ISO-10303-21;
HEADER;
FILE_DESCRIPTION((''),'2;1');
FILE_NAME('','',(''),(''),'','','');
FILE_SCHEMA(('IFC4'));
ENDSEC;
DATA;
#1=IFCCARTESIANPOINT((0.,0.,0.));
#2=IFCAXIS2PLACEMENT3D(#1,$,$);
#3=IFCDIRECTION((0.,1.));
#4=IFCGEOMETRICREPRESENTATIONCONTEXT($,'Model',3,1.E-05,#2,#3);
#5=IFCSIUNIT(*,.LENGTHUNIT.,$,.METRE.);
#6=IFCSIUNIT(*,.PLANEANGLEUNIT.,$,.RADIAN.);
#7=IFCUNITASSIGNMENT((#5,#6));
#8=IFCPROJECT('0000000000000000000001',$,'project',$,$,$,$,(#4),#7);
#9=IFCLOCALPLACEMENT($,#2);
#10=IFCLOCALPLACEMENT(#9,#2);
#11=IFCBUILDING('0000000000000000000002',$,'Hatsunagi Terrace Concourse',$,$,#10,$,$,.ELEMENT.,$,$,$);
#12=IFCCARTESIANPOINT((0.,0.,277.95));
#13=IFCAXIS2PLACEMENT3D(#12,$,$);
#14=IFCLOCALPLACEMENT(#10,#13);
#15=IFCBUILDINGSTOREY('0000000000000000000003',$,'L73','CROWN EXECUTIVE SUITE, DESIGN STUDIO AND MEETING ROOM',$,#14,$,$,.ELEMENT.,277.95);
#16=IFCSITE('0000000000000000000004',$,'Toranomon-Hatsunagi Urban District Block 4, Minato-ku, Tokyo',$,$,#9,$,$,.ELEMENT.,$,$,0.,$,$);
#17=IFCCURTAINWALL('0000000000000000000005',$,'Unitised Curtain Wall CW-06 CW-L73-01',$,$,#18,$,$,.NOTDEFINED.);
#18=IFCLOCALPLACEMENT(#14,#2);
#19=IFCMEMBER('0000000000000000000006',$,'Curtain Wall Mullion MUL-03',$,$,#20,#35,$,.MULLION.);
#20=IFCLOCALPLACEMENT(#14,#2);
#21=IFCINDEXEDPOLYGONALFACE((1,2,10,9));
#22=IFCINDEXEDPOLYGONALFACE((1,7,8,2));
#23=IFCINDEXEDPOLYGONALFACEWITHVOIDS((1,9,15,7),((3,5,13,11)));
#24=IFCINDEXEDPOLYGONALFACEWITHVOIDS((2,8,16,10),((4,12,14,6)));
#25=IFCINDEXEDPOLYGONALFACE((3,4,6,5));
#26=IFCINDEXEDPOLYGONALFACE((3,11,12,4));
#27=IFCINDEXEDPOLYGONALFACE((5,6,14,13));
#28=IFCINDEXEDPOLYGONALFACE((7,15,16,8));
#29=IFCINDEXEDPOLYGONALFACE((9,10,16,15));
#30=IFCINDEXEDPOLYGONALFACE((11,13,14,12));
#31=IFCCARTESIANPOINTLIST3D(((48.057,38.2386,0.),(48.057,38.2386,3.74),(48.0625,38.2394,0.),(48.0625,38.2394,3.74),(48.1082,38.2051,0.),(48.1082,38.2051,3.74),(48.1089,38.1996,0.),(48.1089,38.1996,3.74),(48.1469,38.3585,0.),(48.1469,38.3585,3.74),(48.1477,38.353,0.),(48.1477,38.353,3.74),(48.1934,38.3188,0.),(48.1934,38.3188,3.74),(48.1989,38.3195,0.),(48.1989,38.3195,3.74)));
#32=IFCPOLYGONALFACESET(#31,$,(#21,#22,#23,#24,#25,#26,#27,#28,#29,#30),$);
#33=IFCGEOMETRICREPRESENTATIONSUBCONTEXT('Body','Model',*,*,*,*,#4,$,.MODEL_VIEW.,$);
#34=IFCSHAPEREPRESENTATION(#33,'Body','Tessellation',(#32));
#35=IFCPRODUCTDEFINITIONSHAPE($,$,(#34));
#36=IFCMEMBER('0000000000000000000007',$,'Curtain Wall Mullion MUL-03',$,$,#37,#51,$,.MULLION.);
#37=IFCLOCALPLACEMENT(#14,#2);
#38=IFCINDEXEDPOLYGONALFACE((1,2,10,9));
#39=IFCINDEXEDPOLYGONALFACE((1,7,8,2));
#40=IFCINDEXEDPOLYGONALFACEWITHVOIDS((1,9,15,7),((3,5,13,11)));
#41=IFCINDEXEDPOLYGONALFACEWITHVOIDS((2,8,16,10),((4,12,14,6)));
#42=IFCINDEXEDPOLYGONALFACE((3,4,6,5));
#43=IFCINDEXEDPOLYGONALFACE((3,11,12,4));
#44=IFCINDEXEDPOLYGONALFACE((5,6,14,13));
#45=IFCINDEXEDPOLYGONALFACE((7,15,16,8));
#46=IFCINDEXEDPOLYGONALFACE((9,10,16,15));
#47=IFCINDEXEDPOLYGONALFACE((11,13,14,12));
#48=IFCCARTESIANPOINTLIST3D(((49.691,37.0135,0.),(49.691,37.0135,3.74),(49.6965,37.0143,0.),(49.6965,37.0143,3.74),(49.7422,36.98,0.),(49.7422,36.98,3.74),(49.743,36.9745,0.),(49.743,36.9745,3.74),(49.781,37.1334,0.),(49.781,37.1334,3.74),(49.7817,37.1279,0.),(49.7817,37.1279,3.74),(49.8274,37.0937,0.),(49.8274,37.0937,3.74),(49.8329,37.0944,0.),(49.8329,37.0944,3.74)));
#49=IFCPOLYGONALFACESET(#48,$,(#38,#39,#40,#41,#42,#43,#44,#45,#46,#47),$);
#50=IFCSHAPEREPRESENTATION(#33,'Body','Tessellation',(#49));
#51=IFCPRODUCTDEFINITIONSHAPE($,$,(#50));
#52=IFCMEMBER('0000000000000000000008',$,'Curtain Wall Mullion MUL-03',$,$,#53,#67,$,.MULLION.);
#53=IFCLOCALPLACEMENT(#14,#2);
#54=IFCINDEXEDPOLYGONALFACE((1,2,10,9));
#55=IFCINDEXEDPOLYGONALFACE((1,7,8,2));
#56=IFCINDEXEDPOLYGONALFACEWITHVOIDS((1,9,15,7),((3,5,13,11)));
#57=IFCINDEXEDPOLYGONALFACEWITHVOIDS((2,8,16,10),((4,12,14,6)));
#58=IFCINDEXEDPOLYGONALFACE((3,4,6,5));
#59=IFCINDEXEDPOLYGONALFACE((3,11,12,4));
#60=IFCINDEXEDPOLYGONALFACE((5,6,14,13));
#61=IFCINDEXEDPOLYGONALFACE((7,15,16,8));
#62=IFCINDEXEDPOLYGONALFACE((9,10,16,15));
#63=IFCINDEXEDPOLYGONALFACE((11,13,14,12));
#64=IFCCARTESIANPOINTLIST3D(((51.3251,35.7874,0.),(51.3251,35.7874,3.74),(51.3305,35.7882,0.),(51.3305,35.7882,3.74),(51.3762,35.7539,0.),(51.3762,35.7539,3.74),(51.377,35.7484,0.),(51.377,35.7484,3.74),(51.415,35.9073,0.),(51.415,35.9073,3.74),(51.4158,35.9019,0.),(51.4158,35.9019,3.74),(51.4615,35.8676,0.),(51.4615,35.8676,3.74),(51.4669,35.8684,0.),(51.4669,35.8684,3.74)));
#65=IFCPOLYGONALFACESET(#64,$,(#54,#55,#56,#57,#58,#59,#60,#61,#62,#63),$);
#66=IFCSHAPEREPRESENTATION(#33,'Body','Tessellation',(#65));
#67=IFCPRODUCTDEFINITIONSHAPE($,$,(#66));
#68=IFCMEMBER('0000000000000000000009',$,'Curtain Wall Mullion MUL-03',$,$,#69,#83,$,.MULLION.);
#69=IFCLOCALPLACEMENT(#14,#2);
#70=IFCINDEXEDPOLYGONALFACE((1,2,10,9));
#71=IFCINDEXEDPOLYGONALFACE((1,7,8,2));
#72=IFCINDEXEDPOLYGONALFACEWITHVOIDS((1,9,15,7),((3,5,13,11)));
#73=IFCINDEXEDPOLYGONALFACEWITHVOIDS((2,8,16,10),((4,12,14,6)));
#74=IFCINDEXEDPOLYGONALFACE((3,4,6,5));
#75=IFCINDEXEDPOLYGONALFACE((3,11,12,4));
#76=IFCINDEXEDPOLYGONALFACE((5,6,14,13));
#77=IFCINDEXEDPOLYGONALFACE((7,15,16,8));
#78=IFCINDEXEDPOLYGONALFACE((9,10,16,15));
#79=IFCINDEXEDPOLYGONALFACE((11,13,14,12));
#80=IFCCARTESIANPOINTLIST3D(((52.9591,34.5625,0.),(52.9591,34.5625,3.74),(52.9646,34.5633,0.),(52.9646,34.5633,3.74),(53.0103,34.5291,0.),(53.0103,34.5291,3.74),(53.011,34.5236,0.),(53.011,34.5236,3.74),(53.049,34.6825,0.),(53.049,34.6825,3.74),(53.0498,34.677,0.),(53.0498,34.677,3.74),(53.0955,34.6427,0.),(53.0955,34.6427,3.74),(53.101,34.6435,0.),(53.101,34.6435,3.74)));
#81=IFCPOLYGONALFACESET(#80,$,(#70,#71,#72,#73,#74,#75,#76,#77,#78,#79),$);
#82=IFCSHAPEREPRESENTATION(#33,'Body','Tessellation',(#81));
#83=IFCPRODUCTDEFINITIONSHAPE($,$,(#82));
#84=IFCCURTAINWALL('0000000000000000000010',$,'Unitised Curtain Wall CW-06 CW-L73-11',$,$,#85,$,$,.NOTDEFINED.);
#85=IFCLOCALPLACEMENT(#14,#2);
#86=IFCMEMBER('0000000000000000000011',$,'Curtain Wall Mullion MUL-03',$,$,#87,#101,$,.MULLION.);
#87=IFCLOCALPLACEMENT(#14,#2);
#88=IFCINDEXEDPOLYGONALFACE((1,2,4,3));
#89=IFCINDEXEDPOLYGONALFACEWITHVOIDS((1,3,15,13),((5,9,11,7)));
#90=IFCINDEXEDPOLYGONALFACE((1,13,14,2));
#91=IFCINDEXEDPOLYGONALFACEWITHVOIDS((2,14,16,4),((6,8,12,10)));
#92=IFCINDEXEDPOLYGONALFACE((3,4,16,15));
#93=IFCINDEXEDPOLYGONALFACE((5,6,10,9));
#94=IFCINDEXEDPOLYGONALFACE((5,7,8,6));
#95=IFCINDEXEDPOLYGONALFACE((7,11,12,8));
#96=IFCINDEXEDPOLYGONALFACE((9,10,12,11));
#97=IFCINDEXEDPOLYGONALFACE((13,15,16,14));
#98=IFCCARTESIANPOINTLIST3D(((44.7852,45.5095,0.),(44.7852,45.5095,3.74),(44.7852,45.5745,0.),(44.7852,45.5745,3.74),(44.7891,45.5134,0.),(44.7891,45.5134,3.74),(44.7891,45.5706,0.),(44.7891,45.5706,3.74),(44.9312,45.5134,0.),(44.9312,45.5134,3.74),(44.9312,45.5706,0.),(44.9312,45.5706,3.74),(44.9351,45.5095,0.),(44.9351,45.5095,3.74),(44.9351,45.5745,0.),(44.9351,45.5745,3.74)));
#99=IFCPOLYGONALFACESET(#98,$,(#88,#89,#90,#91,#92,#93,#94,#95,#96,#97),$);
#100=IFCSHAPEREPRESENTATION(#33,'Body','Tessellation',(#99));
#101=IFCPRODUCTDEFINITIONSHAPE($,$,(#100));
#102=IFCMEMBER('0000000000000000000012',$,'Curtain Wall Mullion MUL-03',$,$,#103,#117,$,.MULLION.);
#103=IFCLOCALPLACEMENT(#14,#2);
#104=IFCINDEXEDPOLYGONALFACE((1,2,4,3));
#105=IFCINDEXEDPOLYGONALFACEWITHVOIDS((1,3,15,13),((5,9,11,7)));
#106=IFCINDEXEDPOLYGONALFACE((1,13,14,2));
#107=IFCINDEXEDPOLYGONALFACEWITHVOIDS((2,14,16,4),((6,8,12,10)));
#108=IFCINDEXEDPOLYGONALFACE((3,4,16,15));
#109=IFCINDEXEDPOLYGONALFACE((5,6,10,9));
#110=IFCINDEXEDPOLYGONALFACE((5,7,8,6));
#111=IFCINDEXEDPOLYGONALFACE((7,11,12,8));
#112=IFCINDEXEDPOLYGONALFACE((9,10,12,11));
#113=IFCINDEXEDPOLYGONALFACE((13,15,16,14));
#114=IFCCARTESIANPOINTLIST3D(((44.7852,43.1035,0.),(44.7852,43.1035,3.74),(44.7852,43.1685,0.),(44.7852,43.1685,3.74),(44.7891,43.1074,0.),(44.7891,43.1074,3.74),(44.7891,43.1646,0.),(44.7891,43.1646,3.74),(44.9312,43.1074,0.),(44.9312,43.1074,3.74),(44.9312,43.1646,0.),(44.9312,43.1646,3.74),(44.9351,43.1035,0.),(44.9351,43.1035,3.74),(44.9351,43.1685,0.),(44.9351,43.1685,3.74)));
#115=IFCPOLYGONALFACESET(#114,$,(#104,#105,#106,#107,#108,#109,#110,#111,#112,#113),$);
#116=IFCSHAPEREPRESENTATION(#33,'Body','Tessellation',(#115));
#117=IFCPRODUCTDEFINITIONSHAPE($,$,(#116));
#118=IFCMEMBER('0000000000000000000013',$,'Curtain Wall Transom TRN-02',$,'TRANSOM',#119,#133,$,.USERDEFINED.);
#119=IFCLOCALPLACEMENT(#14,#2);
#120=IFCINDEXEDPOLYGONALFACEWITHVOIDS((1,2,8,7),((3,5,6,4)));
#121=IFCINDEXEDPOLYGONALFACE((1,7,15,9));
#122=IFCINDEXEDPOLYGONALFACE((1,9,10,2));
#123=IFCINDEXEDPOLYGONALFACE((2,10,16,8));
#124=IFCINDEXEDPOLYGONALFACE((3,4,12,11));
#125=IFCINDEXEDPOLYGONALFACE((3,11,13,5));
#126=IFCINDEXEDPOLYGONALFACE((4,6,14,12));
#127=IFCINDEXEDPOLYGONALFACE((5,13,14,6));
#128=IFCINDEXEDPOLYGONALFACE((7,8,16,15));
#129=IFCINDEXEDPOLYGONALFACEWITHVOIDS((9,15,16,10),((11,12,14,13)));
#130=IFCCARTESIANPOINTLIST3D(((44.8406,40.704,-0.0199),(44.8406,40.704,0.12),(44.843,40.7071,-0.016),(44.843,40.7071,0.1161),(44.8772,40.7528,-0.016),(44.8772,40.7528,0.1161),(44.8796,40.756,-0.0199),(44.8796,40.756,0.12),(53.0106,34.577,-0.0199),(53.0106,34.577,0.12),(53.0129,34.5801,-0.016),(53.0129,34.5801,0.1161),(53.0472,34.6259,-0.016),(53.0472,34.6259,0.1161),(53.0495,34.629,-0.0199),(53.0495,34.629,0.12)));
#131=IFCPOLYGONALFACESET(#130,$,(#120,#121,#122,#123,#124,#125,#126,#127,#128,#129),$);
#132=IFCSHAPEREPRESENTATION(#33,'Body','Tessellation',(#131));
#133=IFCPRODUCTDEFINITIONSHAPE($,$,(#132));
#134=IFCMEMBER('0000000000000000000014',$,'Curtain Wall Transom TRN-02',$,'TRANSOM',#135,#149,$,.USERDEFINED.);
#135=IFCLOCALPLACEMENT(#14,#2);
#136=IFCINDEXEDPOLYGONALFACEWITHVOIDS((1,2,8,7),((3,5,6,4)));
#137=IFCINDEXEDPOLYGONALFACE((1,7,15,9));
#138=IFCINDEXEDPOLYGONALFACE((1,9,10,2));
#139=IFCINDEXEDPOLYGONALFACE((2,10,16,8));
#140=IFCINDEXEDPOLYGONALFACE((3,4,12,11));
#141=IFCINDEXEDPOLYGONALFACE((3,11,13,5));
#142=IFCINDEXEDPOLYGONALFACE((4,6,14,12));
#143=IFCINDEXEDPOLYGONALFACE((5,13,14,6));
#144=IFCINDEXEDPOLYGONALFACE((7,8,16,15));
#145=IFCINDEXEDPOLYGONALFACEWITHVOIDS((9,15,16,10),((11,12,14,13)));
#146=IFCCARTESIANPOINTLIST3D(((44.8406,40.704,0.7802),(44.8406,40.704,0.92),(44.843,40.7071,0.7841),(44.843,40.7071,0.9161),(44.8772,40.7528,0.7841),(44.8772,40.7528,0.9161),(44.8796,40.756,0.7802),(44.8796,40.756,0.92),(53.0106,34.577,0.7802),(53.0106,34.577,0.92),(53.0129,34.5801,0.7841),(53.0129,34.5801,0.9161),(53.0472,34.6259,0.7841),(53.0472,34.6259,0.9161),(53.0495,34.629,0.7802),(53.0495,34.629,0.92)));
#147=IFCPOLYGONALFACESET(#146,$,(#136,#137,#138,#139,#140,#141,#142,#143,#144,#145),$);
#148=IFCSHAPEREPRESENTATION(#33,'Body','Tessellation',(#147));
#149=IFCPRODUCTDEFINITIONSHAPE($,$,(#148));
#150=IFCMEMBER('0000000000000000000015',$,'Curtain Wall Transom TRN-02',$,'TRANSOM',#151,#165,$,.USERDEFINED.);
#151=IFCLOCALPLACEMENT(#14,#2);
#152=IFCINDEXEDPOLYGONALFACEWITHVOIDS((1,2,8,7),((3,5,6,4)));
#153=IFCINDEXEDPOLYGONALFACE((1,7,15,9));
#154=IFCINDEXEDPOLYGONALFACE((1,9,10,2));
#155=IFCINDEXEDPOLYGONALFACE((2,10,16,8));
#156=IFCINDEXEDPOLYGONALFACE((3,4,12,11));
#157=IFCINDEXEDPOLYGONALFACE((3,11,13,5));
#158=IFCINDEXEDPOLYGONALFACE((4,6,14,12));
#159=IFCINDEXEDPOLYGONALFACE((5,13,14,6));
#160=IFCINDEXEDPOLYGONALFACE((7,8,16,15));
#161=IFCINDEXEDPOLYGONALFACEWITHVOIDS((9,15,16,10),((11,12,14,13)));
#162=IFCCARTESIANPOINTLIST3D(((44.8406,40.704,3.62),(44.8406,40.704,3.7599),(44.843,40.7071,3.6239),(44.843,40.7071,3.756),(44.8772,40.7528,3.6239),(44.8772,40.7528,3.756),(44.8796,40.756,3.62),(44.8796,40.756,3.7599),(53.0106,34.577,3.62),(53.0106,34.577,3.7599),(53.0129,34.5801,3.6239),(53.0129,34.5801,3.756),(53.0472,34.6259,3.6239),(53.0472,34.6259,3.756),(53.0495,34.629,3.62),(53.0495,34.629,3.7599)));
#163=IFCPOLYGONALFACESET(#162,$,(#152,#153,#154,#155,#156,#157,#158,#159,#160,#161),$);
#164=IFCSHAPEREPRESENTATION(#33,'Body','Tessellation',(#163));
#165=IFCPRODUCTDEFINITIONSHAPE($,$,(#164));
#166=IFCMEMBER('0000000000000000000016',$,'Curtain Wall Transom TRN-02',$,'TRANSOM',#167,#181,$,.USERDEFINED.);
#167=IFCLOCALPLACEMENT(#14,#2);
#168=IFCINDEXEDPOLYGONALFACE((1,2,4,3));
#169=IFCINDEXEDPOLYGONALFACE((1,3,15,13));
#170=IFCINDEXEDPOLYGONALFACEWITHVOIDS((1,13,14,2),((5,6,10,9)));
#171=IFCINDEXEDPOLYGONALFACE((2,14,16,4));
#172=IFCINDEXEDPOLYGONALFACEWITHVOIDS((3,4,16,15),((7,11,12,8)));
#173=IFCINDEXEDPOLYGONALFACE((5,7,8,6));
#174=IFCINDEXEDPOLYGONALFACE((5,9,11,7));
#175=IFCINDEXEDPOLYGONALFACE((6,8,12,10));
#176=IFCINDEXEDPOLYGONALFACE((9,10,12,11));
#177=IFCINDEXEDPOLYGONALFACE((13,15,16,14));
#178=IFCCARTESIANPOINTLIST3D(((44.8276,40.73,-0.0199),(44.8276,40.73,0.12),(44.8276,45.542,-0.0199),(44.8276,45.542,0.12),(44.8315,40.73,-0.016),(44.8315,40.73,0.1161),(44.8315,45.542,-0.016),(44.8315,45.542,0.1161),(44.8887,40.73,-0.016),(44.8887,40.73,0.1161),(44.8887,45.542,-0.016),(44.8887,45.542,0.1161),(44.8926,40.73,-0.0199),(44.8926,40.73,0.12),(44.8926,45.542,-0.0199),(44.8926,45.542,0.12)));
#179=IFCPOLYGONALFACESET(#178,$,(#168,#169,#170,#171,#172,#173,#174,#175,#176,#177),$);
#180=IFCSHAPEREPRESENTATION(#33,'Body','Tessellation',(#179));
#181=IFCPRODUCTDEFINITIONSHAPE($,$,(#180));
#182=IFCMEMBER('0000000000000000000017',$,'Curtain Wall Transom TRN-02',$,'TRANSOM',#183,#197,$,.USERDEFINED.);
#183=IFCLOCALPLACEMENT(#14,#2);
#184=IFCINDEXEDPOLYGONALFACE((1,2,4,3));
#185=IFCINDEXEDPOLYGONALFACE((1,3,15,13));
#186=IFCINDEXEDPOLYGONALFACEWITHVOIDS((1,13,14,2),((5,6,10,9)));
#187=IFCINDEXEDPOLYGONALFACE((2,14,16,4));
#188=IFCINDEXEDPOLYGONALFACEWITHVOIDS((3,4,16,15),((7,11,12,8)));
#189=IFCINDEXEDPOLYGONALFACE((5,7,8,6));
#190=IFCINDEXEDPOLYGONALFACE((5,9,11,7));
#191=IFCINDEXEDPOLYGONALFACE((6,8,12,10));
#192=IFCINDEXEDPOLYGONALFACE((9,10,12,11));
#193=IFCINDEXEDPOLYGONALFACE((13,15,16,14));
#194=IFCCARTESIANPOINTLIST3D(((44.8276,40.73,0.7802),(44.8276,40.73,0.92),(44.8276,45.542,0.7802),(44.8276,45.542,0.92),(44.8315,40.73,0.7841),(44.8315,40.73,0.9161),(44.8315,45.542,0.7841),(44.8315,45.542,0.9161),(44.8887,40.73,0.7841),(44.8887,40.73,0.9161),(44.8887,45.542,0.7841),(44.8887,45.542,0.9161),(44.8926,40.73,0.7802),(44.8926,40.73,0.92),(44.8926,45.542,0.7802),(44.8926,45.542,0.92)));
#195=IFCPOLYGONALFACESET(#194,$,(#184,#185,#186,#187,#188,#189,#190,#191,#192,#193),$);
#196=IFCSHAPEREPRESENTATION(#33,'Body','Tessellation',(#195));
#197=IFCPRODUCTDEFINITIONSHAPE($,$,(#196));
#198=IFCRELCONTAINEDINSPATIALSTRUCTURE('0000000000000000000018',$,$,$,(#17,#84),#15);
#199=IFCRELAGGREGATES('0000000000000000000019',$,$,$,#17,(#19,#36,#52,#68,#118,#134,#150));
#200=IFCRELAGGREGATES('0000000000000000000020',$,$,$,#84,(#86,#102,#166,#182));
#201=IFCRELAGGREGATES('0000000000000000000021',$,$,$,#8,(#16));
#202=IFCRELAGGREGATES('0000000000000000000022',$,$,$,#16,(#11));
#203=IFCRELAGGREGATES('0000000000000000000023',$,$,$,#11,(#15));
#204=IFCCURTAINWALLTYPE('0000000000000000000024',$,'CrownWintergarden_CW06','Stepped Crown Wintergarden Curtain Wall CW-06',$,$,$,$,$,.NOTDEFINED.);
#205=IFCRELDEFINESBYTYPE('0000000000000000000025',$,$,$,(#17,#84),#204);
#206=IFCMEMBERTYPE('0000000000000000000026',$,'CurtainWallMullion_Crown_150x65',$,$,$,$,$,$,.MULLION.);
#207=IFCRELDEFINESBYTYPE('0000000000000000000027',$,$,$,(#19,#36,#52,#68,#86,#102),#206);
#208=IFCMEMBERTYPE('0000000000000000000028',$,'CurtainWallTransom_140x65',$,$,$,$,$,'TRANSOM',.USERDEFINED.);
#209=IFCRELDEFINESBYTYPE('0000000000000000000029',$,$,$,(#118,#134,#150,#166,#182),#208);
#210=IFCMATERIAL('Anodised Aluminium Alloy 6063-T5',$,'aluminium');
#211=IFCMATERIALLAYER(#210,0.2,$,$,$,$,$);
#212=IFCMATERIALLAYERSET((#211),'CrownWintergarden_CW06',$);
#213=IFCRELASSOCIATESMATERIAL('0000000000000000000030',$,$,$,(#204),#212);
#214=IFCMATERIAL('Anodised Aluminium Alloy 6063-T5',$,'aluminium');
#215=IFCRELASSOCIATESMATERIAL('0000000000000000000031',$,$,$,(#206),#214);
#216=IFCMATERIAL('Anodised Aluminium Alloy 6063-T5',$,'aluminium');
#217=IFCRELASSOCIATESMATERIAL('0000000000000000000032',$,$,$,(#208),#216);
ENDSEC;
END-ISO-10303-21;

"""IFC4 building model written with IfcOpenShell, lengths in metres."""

from ifc_helpers import new_model, si_unit, direction, frame, origin, origin_2d, place, context, subcontext, project, spatial, hollow_rectangle, extrude, material, layer, layer_set, material_profile, profile_set, type_object, element, aggregate, save


model = new_model("IFC4")

# Units and contexts
model_context = context("Model", 3, precision=1e-05, world=origin(), true_north=direction((0.0, 1.0)))
body_context = subcontext(model_context, "Body", "Model", "MODEL_VIEW")
ifc_project = project(units=[si_unit("LENGTHUNIT", "METRE"), si_unit("PLANEANGLEUNIT", "RADIAN")], contexts=[model_context])

# Site, building, storey
site_placement = place(None, origin())
site = spatial("IfcSite", under=ifc_project, at=site_placement, Name="Toranomon-Hatsunagi Urban District Block 4, Minato-ku, Tokyo", CompositionType="ELEMENT", RefElevation=0.0)
building_placement = place(site_placement, origin())
building = spatial("IfcBuilding", under=site, at=building_placement, Name="Hatsunagi Terrace Concourse", CompositionType="ELEMENT")
storey_placement = place(building_placement, frame((0.0, 0.0, 277.95)))
storey = spatial("IfcBuildingStorey", under=building, at=storey_placement, Name="L73", Description="CROWN EXECUTIVE SUITE, DESIGN STUDIO AND MEETING ROOM", CompositionType="ELEMENT", Elevation=277.95)

# Curtain walls, members
ifc_material_1 = material(Name="Anodised Aluminium Alloy 6063-T5", Category="aluminium")
ifc_layer_1 = layer(ifc_material_1, 0.2)
ifc_layer_set_1 = layer_set([ifc_layer_1], Name="CrownWintergarden_CW06")
curtain_wall_type = type_object("IfcCurtainWallType", Name="CrownWintergarden_CW06", Description="Stepped Crown Wintergarden Curtain Wall CW-06", PredefinedType="NOTDEFINED", material=ifc_layer_set_1)
curtain_wall_1_placement = place(storey_placement, origin())
curtain_wall_1 = element("IfcCurtainWall", 1, at=curtain_wall_1_placement, inside=storey, type_object=curtain_wall_type, Name="Unitised Curtain Wall CW-06 CW-L73-01", PredefinedType="NOTDEFINED")
ifc_material_2 = material(Name="Anodised Aluminium Alloy 6063-T5", Category="aluminium")
ifc_material_profile_1 = material_profile(ifc_material_2, hollow_rectangle(XDim=0.0649, YDim=0.1499, WallThickness=0.0039, at=origin_2d()), Name="ALU-MUL-150x65x4")
ifc_profile_set_1 = profile_set([ifc_material_profile_1], Name="Anodised Aluminium Alloy 6063-T5")
member_type_1 = type_object("IfcMemberType", Name="CurtainWallMullion_Crown_150x65", PredefinedType="MULLION", material=ifc_profile_set_1)
member_1_placement = place(storey_placement, frame((48.1279, 38.2791, 0.0), z_axis=(0.0, 0.0, 1.0), x_axis=(0.800023, -0.599969, 0.0)))
member_1 = element("IfcMember", 2, at=member_1_placement, type_object=member_type_1, Name="Curtain Wall Mullion MUL-03", PredefinedType="MULLION", context=body_context, shape_type="SweptSolid", body=[
    extrude(hollow_rectangle(XDim=0.0649, YDim=0.1499, WallThickness=0.0039, at=origin_2d()), origin(), (0.0, 0.0, 1.0), 3.74),
])
member_2_placement = place(storey_placement, frame((49.762, 37.054, 0.0), z_axis=(0.0, 0.0, 1.0), x_axis=(0.800023, -0.599969, 0.0)))
member_2 = element("IfcMember", 3, at=member_2_placement, type_object=member_type_1, Name="Curtain Wall Mullion MUL-03", PredefinedType="MULLION", context=body_context, shape_type="SweptSolid", body=[
    extrude(hollow_rectangle(XDim=0.0649, YDim=0.1499, WallThickness=0.0039, at=origin_2d()), origin(), (0.0, 0.0, 1.0), 3.74),
])
member_3_placement = place(storey_placement, frame((51.396, 35.8279, 0.0), z_axis=(0.0, 0.0, 1.0), x_axis=(0.800023, -0.599969, 0.0)))
member_3 = element("IfcMember", 4, at=member_3_placement, type_object=member_type_1, Name="Curtain Wall Mullion MUL-03", PredefinedType="MULLION", context=body_context, shape_type="SweptSolid", body=[
    extrude(hollow_rectangle(XDim=0.0649, YDim=0.1499, WallThickness=0.0039, at=origin_2d()), origin(), (0.0, 0.0, 1.0), 3.74),
])
member_4_placement = place(storey_placement, frame((53.03, 34.603, 0.0), z_axis=(0.0, 0.0, 1.0), x_axis=(0.800023, -0.599969, 0.0)))
member_4 = element("IfcMember", 5, at=member_4_placement, type_object=member_type_1, Name="Curtain Wall Mullion MUL-03", PredefinedType="MULLION", context=body_context, shape_type="SweptSolid", body=[
    extrude(hollow_rectangle(XDim=0.0649, YDim=0.1499, WallThickness=0.0039, at=origin_2d()), origin(), (0.0, 0.0, 1.0), 3.74),
])
curtain_wall_2_placement = place(storey_placement, origin())
curtain_wall_2 = element("IfcCurtainWall", 6, at=curtain_wall_2_placement, inside=storey, type_object=curtain_wall_type, Name="Unitised Curtain Wall CW-06 CW-L73-11", PredefinedType="NOTDEFINED")
member_5_placement = place(storey_placement, frame((44.8601, 45.542, 0.0), z_axis=(0.0, 0.0, 1.0), x_axis=(0.0, -1.0, 0.0)))
member_5 = element("IfcMember", 7, at=member_5_placement, type_object=member_type_1, Name="Curtain Wall Mullion MUL-03", PredefinedType="MULLION", context=body_context, shape_type="SweptSolid", body=[
    extrude(hollow_rectangle(XDim=0.0649, YDim=0.1499, WallThickness=0.0039, at=origin_2d()), origin(), (0.0, 0.0, 1.0), 3.74),
])
member_6_placement = place(storey_placement, frame((44.8601, 43.136, 0.0), z_axis=(0.0, 0.0, 1.0), x_axis=(0.0, -1.0, 0.0)))
member_6 = element("IfcMember", 8, at=member_6_placement, type_object=member_type_1, Name="Curtain Wall Mullion MUL-03", PredefinedType="MULLION", context=body_context, shape_type="SweptSolid", body=[
    extrude(hollow_rectangle(XDim=0.0649, YDim=0.1499, WallThickness=0.0039, at=origin_2d()), origin(), (0.0, 0.0, 1.0), 3.74),
])

# Members
ifc_material_3 = material(Name="Anodised Aluminium Alloy 6063-T5", Category="aluminium")
ifc_material_profile_2 = material_profile(ifc_material_3, hollow_rectangle(XDim=0.0649, YDim=0.1399, WallThickness=0.0039, at=origin_2d()), Name="ALU-TRN-140x65x4")
ifc_profile_set_2 = profile_set([ifc_material_profile_2], Name="Anodised Aluminium Alloy 6063-T5")
member_type_2 = type_object("IfcMemberType", Name="CurtainWallTransom_140x65", ElementType="TRANSOM", PredefinedType="USERDEFINED", material=ifc_profile_set_2)
member_7_placement = place(storey_placement, frame((44.8601, 40.73, 0.05), z_axis=(0.800023, -0.599969, 0.0), x_axis=(0.599969, 0.800023, 0.0)))
member_7 = element("IfcMember", 9, at=member_7_placement, type_object=member_type_2, Name="Curtain Wall Transom TRN-02", ObjectType="TRANSOM", PredefinedType="USERDEFINED", context=body_context, shape_type="SweptSolid", body=[
    extrude(hollow_rectangle(XDim=0.0649, YDim=0.1399, WallThickness=0.0039, at=origin_2d()), origin(), (0.0, 0.0, 1.0), 10.2122),
])
member_8_placement = place(storey_placement, frame((44.8601, 40.73, 0.8501), z_axis=(0.800023, -0.599969, 0.0), x_axis=(0.599969, 0.800023, 0.0)))
member_8 = element("IfcMember", 10, at=member_8_placement, type_object=member_type_2, Name="Curtain Wall Transom TRN-02", ObjectType="TRANSOM", PredefinedType="USERDEFINED", context=body_context, shape_type="SweptSolid", body=[
    extrude(hollow_rectangle(XDim=0.0649, YDim=0.1399, WallThickness=0.0039, at=origin_2d()), origin(), (0.0, 0.0, 1.0), 10.2122),
])
member_9_placement = place(storey_placement, frame((44.8601, 40.73, 3.6899), z_axis=(0.800023, -0.599969, 0.0), x_axis=(0.599969, 0.800023, 0.0)))
member_9 = element("IfcMember", 11, at=member_9_placement, type_object=member_type_2, Name="Curtain Wall Transom TRN-02", ObjectType="TRANSOM", PredefinedType="USERDEFINED", context=body_context, shape_type="SweptSolid", body=[
    extrude(hollow_rectangle(XDim=0.0649, YDim=0.1399, WallThickness=0.0039, at=origin_2d()), origin(), (0.0, 0.0, 1.0), 10.2122),
])
member_10_placement = place(storey_placement, frame((44.8601, 45.542, 0.05), z_axis=(0.0, -1.0, 0.0), x_axis=(1.0, 0.0, 0.0)))
member_10 = element("IfcMember", 12, at=member_10_placement, type_object=member_type_2, Name="Curtain Wall Transom TRN-02", ObjectType="TRANSOM", PredefinedType="USERDEFINED", context=body_context, shape_type="SweptSolid", body=[
    extrude(hollow_rectangle(XDim=0.0649, YDim=0.1399, WallThickness=0.0039, at=origin_2d()), origin(), (0.0, 0.0, 1.0), 4.812),
])
member_11_placement = place(storey_placement, frame((44.8601, 45.542, 0.8501), z_axis=(0.0, -1.0, 0.0), x_axis=(1.0, 0.0, 0.0)))
member_11 = element("IfcMember", 13, at=member_11_placement, type_object=member_type_2, Name="Curtain Wall Transom TRN-02", ObjectType="TRANSOM", PredefinedType="USERDEFINED", context=body_context, shape_type="SweptSolid", body=[
    extrude(hollow_rectangle(XDim=0.0649, YDim=0.1399, WallThickness=0.0039, at=origin_2d()), origin(), (0.0, 0.0, 1.0), 4.812),
])

aggregate(curtain_wall_1, [member_1, member_2, member_3, member_4, member_7, member_8, member_9])
aggregate(curtain_wall_2, [member_5, member_6, member_10, member_11])

save(model, "model.ifc")
